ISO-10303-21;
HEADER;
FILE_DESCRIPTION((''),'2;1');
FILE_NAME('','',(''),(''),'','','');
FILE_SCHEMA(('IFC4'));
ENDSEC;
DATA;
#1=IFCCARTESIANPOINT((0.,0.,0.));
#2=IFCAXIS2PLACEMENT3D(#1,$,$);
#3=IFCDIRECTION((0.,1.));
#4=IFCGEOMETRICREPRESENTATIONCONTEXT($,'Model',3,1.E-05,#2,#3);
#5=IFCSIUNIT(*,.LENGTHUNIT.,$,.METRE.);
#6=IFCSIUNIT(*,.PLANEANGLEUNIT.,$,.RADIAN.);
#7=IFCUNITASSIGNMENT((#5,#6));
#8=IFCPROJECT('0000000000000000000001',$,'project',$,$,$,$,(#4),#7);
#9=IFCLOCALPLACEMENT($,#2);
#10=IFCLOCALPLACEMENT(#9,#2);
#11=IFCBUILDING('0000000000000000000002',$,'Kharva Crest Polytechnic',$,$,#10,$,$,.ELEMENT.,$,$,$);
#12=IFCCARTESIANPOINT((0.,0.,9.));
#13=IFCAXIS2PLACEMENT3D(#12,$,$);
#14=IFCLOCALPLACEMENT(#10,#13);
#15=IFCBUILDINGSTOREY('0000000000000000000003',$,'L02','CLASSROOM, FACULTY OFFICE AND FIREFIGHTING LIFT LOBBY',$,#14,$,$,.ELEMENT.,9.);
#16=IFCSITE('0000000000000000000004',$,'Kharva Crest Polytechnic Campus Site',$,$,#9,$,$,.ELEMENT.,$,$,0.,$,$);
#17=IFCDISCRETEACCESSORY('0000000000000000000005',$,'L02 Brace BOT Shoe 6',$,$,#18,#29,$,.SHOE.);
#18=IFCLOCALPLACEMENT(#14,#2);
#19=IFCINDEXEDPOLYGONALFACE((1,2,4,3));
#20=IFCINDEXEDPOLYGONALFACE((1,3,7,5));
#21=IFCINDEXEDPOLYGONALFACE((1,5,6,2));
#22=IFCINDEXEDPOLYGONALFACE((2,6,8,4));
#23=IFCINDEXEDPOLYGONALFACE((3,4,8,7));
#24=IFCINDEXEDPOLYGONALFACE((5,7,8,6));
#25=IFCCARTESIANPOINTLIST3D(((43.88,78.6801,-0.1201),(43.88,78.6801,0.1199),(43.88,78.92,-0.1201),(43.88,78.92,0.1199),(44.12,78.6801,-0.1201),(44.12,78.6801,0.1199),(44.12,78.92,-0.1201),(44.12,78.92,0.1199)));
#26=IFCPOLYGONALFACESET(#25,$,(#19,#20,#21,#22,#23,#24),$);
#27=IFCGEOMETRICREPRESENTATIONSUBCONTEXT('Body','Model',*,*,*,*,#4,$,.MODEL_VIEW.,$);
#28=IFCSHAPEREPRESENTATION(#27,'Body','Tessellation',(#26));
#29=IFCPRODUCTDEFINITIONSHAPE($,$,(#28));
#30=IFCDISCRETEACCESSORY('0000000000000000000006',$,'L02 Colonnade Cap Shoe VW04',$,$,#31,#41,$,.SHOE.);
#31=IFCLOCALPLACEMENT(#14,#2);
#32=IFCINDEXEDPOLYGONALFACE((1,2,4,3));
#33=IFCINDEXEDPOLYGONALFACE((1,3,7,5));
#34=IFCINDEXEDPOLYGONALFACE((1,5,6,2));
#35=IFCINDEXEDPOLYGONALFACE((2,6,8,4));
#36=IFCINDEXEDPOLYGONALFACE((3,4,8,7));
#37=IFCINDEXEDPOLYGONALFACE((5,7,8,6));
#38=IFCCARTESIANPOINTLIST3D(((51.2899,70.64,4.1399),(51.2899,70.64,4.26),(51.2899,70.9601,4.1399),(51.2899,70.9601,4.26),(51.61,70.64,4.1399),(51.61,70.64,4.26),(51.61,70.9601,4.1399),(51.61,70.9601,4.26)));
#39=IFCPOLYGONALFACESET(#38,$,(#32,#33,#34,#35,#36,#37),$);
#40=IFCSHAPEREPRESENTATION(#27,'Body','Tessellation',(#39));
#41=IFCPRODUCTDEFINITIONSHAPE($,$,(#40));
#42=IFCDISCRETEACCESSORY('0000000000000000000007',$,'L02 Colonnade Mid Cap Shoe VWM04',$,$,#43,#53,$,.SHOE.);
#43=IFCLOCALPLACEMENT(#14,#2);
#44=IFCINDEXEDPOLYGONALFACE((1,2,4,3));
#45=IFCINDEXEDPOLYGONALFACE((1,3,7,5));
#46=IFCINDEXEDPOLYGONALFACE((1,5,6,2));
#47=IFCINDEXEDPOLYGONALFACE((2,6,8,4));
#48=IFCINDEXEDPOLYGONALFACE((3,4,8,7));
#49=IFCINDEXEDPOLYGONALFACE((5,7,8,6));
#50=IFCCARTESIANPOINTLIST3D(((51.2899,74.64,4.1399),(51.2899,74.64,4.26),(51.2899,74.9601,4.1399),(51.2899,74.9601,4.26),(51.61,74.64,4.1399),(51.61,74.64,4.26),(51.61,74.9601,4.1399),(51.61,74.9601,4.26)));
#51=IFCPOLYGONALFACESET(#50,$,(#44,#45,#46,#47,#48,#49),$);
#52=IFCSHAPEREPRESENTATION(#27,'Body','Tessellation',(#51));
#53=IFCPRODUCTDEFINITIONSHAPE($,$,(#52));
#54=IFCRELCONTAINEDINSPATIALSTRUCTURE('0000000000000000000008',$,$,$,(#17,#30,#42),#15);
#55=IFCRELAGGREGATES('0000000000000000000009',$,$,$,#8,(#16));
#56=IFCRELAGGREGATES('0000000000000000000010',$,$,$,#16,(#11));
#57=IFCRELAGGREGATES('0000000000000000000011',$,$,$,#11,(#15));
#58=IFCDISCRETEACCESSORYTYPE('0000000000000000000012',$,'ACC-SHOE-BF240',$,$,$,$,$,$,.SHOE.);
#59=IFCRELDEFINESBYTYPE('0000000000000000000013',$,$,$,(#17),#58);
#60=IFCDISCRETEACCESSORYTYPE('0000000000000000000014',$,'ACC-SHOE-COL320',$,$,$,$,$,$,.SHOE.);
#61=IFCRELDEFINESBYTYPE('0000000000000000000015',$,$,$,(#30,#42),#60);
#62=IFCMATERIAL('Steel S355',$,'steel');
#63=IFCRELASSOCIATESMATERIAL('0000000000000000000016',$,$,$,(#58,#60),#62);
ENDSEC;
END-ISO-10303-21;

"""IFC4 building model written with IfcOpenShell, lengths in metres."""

from ifc_helpers import new_model, si_unit, direction, frame, origin, origin_2d, place, context, subcontext, project, spatial, rectangle, extrude, material, type_object, element, save


model = new_model("IFC4")

# Units and contexts
model_context = context("Model", 3, precision=1e-05, world=origin(), true_north=direction((0.0, 1.0)))
body_context = subcontext(model_context, "Body", "Model", "MODEL_VIEW")
ifc_project = project(units=[si_unit("LENGTHUNIT", "METRE"), si_unit("PLANEANGLEUNIT", "RADIAN")], contexts=[model_context])

# Site, building, storey
site_placement = place(None, origin())
site = spatial("IfcSite", under=ifc_project, at=site_placement, Name="Kharva Crest Polytechnic Campus Site", CompositionType="ELEMENT", RefElevation=0.0)
building_placement = place(site_placement, origin())
building = spatial("IfcBuilding", under=site, at=building_placement, Name="Kharva Crest Polytechnic", CompositionType="ELEMENT")
storey_placement = place(building_placement, frame((0.0, 0.0, 9.0)))
storey = spatial("IfcBuildingStorey", under=building, at=storey_placement, Name="L02", Description="CLASSROOM, FACULTY OFFICE AND FIREFIGHTING LIFT LOBBY", CompositionType="ELEMENT", Elevation=9.0)

# Shared definitions
ifc_material_1 = material(Name="Steel S355", Category="steel")

# Discrete accessories
discrete_accessory_type_1 = type_object("IfcDiscreteAccessoryType", Name="ACC-SHOE-BF240", PredefinedType="SHOE", material=ifc_material_1)
for number, where, z_axis, x_axis, name in (
    (1, (44.0, 78.8, -0.1201), (0.0, 0.0, 1.0), (1.0, 0.0, 0.0), "L02 Brace BOT Shoe 6"),
):
    element("IfcDiscreteAccessory", number, at=place(storey_placement, frame(where, z_axis=z_axis, x_axis=x_axis)), inside=storey, type_object=discrete_accessory_type_1, Name=name, PredefinedType="SHOE", context=body_context, shape_type="SweptSolid", body=[
        extrude(rectangle(XDim=0.24, YDim=0.24, at=origin_2d()), origin(), (0.0, 0.0, 1.0), 0.24),
    ])
discrete_accessory_type_2 = type_object("IfcDiscreteAccessoryType", Name="ACC-SHOE-COL320", PredefinedType="SHOE", material=ifc_material_1)
for number, where, z_axis, x_axis, name in (
    (2, (51.45, 70.8, 4.1399), (0.0, 0.0, 1.0), (1.0, 0.0, 0.0), "L02 Colonnade Cap Shoe VW04"),
    (3, (51.45, 74.8, 4.1399), (0.0, 0.0, 1.0), (1.0, 0.0, 0.0), "L02 Colonnade Mid Cap Shoe VWM04"),
):
    element("IfcDiscreteAccessory", number, at=place(storey_placement, frame(where, z_axis=z_axis, x_axis=x_axis)), inside=storey, type_object=discrete_accessory_type_2, Name=name, PredefinedType="SHOE", context=body_context, shape_type="SweptSolid", body=[
        extrude(rectangle(XDim=0.3201, YDim=0.3201, at=origin_2d()), origin(), (0.0, 0.0, 1.0), 0.1201),
    ])

save(model, "model.ifc")
